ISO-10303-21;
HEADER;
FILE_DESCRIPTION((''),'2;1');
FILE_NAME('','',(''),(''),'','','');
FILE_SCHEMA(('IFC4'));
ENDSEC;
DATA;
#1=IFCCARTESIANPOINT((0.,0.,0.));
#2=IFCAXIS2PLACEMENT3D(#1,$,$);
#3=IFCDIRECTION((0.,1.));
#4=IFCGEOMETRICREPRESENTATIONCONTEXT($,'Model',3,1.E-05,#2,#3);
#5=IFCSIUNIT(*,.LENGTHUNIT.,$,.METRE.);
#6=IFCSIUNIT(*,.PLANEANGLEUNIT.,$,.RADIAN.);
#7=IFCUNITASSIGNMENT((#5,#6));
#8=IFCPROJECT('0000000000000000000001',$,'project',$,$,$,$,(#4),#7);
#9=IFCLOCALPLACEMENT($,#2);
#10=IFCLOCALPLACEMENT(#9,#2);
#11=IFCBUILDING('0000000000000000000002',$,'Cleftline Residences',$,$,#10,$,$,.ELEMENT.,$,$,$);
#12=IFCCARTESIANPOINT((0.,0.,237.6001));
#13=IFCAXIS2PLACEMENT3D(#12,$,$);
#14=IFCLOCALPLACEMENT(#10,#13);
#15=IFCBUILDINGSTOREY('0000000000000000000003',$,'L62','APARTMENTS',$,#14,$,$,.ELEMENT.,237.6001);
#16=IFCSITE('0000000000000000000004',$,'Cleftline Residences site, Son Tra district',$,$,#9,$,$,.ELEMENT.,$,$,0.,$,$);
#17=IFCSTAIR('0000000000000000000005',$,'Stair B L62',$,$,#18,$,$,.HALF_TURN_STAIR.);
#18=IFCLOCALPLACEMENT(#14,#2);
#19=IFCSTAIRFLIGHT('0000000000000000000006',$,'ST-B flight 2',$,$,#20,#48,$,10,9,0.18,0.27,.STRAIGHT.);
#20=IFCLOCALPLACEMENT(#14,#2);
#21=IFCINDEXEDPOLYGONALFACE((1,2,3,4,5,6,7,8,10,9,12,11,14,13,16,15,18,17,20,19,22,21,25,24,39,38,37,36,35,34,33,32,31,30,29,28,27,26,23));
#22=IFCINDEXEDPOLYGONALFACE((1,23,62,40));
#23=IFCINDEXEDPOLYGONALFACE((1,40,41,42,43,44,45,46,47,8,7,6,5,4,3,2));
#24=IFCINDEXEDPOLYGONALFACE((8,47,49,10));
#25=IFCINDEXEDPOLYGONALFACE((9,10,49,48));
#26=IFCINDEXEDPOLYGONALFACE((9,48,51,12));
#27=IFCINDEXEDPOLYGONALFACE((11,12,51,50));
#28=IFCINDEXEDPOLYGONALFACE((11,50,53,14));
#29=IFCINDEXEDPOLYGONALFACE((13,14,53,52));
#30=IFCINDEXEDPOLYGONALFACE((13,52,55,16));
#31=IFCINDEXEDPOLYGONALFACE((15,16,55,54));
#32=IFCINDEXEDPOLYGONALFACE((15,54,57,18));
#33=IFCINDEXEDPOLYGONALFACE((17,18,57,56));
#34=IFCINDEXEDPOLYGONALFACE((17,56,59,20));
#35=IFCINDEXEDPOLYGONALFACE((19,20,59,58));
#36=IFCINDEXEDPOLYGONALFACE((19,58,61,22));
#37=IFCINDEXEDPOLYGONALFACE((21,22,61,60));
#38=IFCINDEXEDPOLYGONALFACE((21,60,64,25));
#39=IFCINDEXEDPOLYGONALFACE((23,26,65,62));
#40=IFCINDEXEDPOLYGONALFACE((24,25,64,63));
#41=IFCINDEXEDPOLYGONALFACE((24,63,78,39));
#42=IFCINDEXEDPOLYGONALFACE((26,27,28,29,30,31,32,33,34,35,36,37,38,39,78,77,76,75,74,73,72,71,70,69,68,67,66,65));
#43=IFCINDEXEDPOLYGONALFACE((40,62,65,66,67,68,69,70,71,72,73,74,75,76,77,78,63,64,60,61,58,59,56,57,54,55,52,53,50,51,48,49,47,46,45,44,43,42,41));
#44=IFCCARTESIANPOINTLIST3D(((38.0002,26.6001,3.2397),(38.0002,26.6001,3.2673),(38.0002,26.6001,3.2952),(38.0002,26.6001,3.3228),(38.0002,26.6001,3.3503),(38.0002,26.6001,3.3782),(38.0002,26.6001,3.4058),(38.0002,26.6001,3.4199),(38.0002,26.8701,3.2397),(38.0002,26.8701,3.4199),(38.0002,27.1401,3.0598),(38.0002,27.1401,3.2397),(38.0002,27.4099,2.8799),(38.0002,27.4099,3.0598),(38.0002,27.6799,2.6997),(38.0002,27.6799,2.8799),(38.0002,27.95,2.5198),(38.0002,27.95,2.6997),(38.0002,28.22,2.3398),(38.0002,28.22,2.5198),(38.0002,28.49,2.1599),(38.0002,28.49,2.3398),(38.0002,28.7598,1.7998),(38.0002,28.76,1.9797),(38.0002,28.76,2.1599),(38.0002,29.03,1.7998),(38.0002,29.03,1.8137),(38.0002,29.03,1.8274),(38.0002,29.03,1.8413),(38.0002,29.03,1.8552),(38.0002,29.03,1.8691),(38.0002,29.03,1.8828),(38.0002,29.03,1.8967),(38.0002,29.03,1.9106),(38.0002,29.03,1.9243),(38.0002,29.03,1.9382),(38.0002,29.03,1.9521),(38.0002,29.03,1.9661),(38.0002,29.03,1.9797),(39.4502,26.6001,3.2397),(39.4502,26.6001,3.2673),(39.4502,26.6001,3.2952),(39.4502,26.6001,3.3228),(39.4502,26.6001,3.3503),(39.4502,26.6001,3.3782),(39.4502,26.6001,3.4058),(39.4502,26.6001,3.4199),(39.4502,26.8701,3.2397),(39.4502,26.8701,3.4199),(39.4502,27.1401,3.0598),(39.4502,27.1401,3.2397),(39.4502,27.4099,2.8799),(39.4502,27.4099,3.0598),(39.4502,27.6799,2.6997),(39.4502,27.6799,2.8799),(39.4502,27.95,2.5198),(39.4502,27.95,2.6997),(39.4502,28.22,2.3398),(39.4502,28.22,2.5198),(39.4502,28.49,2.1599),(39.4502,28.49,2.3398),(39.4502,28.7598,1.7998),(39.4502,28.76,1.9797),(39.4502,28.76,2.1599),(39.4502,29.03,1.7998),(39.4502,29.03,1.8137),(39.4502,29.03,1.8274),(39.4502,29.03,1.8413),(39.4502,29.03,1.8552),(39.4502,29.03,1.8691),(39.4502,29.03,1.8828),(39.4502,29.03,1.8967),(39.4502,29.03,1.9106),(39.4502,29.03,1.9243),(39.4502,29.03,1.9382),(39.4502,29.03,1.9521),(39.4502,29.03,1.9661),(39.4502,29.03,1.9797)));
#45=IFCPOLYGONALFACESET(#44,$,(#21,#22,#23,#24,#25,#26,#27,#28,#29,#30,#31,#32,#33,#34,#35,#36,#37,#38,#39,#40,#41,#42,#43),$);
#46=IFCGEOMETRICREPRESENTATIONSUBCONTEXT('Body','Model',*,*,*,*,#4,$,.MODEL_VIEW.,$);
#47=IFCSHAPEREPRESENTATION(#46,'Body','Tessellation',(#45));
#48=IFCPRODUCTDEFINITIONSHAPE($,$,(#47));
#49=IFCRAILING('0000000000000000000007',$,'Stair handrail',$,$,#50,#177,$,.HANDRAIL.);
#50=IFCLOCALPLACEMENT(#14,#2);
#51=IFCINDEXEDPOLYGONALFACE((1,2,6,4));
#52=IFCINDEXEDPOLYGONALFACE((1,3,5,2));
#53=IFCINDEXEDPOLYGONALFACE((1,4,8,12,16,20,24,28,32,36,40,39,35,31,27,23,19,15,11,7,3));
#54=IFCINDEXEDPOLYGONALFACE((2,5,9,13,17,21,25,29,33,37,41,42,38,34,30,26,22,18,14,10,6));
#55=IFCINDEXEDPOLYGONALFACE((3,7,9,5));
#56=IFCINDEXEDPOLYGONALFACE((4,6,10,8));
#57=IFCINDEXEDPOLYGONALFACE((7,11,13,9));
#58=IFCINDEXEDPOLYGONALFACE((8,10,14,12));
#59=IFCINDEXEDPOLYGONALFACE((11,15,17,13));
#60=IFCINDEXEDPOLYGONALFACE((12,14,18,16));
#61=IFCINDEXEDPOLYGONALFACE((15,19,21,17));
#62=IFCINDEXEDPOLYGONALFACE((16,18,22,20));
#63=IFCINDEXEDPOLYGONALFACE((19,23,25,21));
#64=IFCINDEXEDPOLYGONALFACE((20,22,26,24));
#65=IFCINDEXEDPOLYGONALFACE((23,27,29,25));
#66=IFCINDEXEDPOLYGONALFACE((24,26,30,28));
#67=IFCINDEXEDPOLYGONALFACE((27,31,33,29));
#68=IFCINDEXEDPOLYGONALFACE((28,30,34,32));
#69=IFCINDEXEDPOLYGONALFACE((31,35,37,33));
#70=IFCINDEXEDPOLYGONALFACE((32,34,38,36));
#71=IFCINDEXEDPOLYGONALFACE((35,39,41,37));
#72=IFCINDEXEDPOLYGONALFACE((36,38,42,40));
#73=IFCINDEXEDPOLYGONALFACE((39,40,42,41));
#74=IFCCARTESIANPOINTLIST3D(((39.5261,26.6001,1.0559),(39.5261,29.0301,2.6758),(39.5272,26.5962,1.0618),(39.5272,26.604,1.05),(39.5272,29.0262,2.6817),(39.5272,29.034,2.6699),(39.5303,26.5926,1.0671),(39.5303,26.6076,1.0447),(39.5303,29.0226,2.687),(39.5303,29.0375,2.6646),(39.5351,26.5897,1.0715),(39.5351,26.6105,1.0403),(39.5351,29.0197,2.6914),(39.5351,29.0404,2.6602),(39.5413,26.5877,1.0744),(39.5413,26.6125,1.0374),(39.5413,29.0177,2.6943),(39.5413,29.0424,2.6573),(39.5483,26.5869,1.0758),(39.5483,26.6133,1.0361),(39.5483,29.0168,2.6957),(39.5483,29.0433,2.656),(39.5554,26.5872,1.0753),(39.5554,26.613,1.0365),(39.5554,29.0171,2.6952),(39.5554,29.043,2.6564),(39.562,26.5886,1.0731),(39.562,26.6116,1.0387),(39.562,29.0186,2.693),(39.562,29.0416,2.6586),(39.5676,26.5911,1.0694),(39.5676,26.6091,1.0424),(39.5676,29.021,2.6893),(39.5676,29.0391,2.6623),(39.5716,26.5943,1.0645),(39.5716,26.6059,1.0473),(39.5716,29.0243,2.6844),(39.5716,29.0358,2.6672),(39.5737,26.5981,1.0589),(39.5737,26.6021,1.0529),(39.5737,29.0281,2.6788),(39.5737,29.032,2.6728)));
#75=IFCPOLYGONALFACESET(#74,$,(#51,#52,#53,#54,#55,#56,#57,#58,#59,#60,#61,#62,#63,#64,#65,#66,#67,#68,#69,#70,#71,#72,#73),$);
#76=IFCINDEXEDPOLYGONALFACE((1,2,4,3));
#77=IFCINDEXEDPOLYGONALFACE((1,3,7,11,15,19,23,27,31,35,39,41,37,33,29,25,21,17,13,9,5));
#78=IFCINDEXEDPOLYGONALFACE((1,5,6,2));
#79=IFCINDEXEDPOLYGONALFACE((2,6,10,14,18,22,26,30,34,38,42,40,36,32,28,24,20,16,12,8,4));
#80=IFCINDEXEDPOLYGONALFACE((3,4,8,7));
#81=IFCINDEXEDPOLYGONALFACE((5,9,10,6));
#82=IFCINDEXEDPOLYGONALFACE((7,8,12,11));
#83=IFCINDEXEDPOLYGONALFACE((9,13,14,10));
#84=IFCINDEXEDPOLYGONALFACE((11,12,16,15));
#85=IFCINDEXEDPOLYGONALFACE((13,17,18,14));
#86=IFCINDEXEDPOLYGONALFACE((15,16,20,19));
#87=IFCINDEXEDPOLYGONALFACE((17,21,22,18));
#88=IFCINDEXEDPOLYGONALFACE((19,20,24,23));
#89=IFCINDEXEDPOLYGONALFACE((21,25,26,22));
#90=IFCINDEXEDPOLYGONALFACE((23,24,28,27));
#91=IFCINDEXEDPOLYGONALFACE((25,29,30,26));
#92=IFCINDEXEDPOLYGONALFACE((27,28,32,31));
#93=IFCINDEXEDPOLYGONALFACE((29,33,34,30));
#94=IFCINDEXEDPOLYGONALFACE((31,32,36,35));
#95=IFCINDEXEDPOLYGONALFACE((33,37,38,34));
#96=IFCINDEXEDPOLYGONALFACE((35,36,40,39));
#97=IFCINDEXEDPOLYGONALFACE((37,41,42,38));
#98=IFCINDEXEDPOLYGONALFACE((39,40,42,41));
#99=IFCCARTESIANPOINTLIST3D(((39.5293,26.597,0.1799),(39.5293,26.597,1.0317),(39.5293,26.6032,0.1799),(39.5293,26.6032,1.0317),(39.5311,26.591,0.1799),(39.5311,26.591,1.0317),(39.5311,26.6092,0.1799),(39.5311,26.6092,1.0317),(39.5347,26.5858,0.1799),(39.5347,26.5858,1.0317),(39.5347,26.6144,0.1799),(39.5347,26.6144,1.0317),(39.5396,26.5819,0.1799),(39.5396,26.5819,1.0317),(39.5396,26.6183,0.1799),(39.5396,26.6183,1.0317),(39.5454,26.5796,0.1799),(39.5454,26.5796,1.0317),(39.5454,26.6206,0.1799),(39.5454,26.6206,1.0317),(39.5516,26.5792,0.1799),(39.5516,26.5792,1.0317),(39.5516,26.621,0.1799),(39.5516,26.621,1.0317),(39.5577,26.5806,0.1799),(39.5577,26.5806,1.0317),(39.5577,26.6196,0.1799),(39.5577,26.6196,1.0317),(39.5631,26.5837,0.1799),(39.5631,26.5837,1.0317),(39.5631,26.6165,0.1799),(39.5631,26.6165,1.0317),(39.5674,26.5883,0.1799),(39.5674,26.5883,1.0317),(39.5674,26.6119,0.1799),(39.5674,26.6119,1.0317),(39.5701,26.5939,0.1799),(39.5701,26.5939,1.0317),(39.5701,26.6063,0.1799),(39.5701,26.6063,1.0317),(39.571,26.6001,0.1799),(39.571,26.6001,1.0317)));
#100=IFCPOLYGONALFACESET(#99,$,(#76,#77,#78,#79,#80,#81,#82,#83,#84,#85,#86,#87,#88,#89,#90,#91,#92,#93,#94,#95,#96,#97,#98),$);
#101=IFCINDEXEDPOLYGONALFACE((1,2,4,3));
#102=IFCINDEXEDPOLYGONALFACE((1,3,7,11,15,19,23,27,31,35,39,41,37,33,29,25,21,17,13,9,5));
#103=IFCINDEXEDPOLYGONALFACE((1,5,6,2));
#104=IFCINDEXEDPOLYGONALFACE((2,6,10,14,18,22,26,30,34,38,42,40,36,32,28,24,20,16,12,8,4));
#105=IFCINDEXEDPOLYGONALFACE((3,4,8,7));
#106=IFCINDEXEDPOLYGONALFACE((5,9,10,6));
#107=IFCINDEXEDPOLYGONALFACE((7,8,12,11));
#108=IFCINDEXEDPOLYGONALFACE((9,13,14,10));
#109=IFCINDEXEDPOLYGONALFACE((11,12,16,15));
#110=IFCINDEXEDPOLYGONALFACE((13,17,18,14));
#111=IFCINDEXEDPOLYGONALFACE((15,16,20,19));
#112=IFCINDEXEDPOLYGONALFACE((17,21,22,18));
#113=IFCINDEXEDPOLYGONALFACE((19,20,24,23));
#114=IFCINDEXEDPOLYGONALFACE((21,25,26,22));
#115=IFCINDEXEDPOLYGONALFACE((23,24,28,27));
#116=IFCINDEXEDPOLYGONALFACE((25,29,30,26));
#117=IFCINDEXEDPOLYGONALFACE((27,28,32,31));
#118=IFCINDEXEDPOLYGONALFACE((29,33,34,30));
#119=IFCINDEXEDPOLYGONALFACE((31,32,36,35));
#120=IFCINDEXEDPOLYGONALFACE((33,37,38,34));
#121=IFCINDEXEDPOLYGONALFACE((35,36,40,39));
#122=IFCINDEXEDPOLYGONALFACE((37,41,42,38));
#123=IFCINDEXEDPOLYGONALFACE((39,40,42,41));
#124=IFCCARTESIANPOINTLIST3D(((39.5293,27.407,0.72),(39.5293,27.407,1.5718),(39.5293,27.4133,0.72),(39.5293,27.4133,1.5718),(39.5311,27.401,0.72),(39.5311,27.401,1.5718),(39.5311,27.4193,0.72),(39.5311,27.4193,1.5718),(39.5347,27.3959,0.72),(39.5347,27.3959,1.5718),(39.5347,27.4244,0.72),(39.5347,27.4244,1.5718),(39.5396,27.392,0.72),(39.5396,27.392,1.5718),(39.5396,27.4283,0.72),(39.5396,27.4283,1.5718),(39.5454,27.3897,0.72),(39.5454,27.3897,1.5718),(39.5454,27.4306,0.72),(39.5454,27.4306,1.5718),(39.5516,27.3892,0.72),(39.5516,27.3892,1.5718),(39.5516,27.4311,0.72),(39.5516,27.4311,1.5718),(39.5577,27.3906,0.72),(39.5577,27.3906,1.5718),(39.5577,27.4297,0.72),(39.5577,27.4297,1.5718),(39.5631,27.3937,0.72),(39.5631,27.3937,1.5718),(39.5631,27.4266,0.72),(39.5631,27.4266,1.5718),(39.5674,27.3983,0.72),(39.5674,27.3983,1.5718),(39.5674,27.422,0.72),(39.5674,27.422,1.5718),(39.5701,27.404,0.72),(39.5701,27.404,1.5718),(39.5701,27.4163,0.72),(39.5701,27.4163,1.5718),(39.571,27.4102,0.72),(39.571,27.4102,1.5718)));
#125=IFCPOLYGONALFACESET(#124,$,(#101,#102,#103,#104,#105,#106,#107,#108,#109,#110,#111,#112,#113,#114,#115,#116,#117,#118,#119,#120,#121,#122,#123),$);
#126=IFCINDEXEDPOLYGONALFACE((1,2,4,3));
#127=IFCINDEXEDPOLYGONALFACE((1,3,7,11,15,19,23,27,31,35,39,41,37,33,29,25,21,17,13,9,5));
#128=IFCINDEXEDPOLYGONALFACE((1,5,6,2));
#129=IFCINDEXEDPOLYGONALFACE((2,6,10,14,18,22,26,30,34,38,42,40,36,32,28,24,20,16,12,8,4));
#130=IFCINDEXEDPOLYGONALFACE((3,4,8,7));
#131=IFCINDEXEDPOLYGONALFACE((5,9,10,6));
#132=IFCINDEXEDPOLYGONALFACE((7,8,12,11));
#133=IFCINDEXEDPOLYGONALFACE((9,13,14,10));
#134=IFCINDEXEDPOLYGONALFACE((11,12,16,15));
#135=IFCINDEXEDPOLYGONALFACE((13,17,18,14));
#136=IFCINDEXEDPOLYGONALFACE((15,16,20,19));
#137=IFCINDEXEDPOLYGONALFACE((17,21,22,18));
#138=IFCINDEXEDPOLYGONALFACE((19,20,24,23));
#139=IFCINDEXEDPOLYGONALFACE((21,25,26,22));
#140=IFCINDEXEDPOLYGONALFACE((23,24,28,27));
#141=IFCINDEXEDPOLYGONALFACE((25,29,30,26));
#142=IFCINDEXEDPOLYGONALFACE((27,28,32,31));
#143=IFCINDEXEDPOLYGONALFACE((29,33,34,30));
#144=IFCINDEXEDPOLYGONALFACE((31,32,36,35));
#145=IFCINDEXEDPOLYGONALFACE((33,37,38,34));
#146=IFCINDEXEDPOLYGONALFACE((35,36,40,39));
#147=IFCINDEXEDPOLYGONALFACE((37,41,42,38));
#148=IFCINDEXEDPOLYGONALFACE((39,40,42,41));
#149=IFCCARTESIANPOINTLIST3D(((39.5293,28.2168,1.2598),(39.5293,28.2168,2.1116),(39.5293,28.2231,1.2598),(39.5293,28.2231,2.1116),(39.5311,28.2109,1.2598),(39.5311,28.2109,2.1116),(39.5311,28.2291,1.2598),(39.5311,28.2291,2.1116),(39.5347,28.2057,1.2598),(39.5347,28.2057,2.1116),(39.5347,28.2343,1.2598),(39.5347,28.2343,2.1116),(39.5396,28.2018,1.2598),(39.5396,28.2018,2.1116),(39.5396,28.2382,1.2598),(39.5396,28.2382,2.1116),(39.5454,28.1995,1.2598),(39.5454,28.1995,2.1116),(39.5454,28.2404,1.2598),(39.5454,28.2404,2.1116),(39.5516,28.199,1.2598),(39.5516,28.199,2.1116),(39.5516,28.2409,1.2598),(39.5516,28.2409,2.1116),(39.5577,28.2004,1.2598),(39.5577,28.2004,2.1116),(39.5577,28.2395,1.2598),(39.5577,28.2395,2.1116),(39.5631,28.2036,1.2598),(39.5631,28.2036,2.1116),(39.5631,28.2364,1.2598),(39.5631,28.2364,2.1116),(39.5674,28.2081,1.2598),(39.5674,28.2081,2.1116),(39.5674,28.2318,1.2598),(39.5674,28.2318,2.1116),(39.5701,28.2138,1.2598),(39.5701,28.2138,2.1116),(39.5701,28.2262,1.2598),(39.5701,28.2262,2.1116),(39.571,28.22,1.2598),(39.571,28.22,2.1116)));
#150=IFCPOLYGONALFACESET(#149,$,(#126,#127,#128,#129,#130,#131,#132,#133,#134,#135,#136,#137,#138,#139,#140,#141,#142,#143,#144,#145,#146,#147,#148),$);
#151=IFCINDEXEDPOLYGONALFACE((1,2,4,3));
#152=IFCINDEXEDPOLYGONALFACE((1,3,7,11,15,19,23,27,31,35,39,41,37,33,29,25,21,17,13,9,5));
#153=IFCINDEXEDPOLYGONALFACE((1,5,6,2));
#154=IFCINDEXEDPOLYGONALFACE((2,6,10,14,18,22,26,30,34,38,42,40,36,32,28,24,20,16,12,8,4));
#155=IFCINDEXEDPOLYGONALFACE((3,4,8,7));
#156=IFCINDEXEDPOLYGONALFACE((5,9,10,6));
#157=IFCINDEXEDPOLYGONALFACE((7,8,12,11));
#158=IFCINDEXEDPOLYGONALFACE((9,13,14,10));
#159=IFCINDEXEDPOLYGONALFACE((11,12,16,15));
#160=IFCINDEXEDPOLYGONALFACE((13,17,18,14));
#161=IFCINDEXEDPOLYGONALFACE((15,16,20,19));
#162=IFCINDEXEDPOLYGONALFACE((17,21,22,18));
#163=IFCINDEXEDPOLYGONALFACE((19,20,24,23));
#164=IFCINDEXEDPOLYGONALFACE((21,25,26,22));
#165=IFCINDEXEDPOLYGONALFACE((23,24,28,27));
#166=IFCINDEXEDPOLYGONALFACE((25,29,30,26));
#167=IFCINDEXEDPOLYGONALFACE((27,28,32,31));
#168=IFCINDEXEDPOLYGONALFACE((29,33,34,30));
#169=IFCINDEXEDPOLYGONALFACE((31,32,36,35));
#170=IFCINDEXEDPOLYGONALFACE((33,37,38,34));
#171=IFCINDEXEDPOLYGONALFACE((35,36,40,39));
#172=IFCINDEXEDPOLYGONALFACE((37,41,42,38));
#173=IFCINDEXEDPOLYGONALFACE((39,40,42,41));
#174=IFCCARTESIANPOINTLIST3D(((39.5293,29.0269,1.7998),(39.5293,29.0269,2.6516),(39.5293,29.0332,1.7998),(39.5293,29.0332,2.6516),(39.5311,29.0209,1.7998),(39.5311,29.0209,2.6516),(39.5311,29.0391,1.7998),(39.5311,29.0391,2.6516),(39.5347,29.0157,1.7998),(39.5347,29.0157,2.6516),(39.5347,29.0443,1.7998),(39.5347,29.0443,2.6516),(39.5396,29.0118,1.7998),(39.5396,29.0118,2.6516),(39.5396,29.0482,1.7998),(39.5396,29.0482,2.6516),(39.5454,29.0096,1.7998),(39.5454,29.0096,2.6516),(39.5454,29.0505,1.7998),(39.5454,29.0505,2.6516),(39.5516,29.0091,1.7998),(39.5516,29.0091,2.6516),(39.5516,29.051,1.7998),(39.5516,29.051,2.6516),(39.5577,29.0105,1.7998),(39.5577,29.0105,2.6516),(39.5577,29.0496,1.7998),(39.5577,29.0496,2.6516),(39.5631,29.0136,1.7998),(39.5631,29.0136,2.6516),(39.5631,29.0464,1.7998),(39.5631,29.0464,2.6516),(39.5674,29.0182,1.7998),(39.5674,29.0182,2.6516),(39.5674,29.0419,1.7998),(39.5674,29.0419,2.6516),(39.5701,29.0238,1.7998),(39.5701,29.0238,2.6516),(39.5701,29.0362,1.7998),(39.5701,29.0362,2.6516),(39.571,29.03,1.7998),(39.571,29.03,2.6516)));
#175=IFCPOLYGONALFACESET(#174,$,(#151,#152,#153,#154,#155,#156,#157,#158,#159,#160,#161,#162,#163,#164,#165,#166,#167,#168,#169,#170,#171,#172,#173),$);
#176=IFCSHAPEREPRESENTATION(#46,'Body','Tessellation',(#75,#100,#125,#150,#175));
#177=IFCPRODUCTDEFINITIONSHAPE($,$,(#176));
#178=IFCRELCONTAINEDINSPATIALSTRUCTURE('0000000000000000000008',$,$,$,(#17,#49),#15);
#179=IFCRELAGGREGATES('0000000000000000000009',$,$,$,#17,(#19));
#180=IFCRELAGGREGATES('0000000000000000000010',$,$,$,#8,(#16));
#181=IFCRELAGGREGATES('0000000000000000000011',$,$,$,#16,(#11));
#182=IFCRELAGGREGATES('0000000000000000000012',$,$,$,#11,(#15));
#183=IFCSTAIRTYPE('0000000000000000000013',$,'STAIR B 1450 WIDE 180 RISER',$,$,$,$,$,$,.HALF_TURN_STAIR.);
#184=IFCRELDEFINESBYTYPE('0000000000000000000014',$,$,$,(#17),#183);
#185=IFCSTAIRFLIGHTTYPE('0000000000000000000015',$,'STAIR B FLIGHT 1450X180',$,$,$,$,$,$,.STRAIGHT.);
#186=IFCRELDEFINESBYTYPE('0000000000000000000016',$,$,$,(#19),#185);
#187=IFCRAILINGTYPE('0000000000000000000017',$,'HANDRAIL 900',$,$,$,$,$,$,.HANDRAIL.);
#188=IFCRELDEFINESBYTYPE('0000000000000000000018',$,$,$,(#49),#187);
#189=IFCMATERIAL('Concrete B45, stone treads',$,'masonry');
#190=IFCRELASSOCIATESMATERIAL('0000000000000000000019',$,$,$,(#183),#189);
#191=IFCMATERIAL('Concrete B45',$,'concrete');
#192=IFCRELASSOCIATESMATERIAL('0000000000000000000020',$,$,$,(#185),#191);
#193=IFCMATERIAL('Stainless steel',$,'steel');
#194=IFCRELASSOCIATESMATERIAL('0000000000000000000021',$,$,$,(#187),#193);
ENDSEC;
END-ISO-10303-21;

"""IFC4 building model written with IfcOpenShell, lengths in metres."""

from ifc_helpers import new_model, si_unit, direction, frame, origin, origin_2d, place, context, subcontext, project, spatial, polyline, circle, outline, extrude, material, type_object, element, aggregate, save


model = new_model("IFC4")

# Units and contexts
model_context = context("Model", 3, precision=1e-05, world=origin(), true_north=direction((0.0, 1.0)))
body_context = subcontext(model_context, "Body", "Model", "MODEL_VIEW")
ifc_project = project(units=[si_unit("LENGTHUNIT", "METRE"), si_unit("PLANEANGLEUNIT", "RADIAN")], contexts=[model_context])

# Site, building, storey
site_placement = place(None, origin())
site = spatial("IfcSite", under=ifc_project, at=site_placement, Name="Cleftline Residences site, Son Tra district", CompositionType="ELEMENT", RefElevation=0.0)
building_placement = place(site_placement, origin())
building = spatial("IfcBuilding", under=site, at=building_placement, Name="Cleftline Residences", CompositionType="ELEMENT")
storey_placement = place(building_placement, frame((0.0, 0.0, 237.6001)))
storey = spatial("IfcBuildingStorey", under=building, at=storey_placement, Name="L62", Description="APARTMENTS", CompositionType="ELEMENT", Elevation=237.6001)

# Stair, stair flight
ifc_material_1 = material(Name="Concrete B45, stone treads", Category="masonry")
stair_type = type_object("IfcStairType", Name="STAIR B 1450 WIDE 180 RISER", PredefinedType="HALF_TURN_STAIR", material=ifc_material_1)
stair_placement = place(storey_placement, origin())
stair = element("IfcStair", 1, at=stair_placement, inside=storey, type_object=stair_type, Name="Stair B L62", PredefinedType="HALF_TURN_STAIR")
ifc_material_2 = material(Name="Concrete B45", Category="concrete")
stair_flight_type = type_object("IfcStairFlightType", Name="STAIR B FLIGHT 1450X180", PredefinedType="STRAIGHT", material=ifc_material_2)
stair_flight_1_placement = place(storey_placement, frame((38.7251, 29.03, 1.7998), z_axis=(0.0, 0.0, 1.0), x_axis=(0.0, -1.0, 0.0)))
stair_flight_1 = element("IfcStairFlight", 2, at=stair_flight_1_placement, type_object=stair_flight_type, Name="ST-B flight 2", NumberOfRisers=10, NumberOfTreads=9, PredefinedType="STRAIGHT", RiserHeight=0.18, TreadLength=0.27, context=body_context, shape_type="SweptSolid", body=[
    extrude(outline(polyline([(0.0, 0.0), (0.0, 0.0139), (0.0, 0.0276), (0.0, 0.0415), (0.0, 0.0554), (0.0, 0.0693), (0.0, 0.083), (0.0, 0.0969), (0.0, 0.1108), (0.0, 0.1245), (0.0, 0.1384), (0.0, 0.1523), (0.0, 0.1663), (0.0, 0.1799), (0.27, 0.1799), (0.27, 0.3601), (0.54, 0.3601), (0.54, 0.54), (0.8101, 0.54), (0.8101, 0.72), (1.0801, 0.72), (1.0801, 0.8999), (1.3501, 0.8999), (1.3501, 1.0801), (1.6201, 1.0801), (1.6201, 1.26), (1.8899, 1.26), (1.8899, 1.4399), (2.1599, 1.4399), (2.1599, 1.6201), (2.4299, 1.6201), (2.4299, 1.8), (2.4299, 1.7722), (2.4299, 1.7446), (2.4299, 1.7168), (2.4299, 1.6892), (2.4299, 1.6614), (2.4299, 1.6338), (2.4299, 1.606), (2.4299, 1.5784), (2.4299, 1.5505), (2.4299, 1.5229), (2.4299, 1.4954), (2.4299, 1.4675), (2.4299, 1.4399), (0.2703, 0.0), (0.0, 0.0)])), frame((0.0, 0.7251, 0.0), z_axis=(0.0, -1.0, 0.0), x_axis=(1.0, 0.0, 0.0)), (0.0, 0.0, 1.0), 1.45),
])
aggregate(stair, [stair_flight_1])

# Railing
ifc_material_3 = material(Name="Stainless steel", Category="steel")
railing_type = type_object("IfcRailingType", Name="HANDRAIL 900", PredefinedType="HANDRAIL", material=ifc_material_3)
railing_1_placement = place(storey_placement, frame((39.55, 26.6001, 0.1799)))
element("IfcRailing", 3, at=railing_1_placement, inside=storey, type_object=railing_type, Name="Stair handrail", PredefinedType="HANDRAIL", context=body_context, shape_type="SweptSolid", body=[
    extrude(circle(Radius=0.0239, at=origin_2d()), frame((0.0, 0.0, 0.876), z_axis=(0.0, 0.832063, 0.554681), x_axis=(-1.0, 0.0, 0.0)), (0.0, 0.0, 1.0), 2.9204),
    extrude(circle(Radius=0.021, at=origin_2d()), origin(), (0.0, 0.0, 1.0), 0.8518),
    extrude(circle(Radius=0.021, at=origin_2d()), frame((0.0, 0.8101, 0.54)), (0.0, 0.0, 1.0), 0.8518),
    extrude(circle(Radius=0.021, at=origin_2d()), frame((0.0, 1.6199, 1.0798)), (0.0, 0.0, 1.0), 0.8518),
    extrude(circle(Radius=0.021, at=origin_2d()), frame((0.0, 2.4299, 1.6199)), (0.0, 0.0, 1.0), 0.8518),
])

save(model, "model.ifc")
